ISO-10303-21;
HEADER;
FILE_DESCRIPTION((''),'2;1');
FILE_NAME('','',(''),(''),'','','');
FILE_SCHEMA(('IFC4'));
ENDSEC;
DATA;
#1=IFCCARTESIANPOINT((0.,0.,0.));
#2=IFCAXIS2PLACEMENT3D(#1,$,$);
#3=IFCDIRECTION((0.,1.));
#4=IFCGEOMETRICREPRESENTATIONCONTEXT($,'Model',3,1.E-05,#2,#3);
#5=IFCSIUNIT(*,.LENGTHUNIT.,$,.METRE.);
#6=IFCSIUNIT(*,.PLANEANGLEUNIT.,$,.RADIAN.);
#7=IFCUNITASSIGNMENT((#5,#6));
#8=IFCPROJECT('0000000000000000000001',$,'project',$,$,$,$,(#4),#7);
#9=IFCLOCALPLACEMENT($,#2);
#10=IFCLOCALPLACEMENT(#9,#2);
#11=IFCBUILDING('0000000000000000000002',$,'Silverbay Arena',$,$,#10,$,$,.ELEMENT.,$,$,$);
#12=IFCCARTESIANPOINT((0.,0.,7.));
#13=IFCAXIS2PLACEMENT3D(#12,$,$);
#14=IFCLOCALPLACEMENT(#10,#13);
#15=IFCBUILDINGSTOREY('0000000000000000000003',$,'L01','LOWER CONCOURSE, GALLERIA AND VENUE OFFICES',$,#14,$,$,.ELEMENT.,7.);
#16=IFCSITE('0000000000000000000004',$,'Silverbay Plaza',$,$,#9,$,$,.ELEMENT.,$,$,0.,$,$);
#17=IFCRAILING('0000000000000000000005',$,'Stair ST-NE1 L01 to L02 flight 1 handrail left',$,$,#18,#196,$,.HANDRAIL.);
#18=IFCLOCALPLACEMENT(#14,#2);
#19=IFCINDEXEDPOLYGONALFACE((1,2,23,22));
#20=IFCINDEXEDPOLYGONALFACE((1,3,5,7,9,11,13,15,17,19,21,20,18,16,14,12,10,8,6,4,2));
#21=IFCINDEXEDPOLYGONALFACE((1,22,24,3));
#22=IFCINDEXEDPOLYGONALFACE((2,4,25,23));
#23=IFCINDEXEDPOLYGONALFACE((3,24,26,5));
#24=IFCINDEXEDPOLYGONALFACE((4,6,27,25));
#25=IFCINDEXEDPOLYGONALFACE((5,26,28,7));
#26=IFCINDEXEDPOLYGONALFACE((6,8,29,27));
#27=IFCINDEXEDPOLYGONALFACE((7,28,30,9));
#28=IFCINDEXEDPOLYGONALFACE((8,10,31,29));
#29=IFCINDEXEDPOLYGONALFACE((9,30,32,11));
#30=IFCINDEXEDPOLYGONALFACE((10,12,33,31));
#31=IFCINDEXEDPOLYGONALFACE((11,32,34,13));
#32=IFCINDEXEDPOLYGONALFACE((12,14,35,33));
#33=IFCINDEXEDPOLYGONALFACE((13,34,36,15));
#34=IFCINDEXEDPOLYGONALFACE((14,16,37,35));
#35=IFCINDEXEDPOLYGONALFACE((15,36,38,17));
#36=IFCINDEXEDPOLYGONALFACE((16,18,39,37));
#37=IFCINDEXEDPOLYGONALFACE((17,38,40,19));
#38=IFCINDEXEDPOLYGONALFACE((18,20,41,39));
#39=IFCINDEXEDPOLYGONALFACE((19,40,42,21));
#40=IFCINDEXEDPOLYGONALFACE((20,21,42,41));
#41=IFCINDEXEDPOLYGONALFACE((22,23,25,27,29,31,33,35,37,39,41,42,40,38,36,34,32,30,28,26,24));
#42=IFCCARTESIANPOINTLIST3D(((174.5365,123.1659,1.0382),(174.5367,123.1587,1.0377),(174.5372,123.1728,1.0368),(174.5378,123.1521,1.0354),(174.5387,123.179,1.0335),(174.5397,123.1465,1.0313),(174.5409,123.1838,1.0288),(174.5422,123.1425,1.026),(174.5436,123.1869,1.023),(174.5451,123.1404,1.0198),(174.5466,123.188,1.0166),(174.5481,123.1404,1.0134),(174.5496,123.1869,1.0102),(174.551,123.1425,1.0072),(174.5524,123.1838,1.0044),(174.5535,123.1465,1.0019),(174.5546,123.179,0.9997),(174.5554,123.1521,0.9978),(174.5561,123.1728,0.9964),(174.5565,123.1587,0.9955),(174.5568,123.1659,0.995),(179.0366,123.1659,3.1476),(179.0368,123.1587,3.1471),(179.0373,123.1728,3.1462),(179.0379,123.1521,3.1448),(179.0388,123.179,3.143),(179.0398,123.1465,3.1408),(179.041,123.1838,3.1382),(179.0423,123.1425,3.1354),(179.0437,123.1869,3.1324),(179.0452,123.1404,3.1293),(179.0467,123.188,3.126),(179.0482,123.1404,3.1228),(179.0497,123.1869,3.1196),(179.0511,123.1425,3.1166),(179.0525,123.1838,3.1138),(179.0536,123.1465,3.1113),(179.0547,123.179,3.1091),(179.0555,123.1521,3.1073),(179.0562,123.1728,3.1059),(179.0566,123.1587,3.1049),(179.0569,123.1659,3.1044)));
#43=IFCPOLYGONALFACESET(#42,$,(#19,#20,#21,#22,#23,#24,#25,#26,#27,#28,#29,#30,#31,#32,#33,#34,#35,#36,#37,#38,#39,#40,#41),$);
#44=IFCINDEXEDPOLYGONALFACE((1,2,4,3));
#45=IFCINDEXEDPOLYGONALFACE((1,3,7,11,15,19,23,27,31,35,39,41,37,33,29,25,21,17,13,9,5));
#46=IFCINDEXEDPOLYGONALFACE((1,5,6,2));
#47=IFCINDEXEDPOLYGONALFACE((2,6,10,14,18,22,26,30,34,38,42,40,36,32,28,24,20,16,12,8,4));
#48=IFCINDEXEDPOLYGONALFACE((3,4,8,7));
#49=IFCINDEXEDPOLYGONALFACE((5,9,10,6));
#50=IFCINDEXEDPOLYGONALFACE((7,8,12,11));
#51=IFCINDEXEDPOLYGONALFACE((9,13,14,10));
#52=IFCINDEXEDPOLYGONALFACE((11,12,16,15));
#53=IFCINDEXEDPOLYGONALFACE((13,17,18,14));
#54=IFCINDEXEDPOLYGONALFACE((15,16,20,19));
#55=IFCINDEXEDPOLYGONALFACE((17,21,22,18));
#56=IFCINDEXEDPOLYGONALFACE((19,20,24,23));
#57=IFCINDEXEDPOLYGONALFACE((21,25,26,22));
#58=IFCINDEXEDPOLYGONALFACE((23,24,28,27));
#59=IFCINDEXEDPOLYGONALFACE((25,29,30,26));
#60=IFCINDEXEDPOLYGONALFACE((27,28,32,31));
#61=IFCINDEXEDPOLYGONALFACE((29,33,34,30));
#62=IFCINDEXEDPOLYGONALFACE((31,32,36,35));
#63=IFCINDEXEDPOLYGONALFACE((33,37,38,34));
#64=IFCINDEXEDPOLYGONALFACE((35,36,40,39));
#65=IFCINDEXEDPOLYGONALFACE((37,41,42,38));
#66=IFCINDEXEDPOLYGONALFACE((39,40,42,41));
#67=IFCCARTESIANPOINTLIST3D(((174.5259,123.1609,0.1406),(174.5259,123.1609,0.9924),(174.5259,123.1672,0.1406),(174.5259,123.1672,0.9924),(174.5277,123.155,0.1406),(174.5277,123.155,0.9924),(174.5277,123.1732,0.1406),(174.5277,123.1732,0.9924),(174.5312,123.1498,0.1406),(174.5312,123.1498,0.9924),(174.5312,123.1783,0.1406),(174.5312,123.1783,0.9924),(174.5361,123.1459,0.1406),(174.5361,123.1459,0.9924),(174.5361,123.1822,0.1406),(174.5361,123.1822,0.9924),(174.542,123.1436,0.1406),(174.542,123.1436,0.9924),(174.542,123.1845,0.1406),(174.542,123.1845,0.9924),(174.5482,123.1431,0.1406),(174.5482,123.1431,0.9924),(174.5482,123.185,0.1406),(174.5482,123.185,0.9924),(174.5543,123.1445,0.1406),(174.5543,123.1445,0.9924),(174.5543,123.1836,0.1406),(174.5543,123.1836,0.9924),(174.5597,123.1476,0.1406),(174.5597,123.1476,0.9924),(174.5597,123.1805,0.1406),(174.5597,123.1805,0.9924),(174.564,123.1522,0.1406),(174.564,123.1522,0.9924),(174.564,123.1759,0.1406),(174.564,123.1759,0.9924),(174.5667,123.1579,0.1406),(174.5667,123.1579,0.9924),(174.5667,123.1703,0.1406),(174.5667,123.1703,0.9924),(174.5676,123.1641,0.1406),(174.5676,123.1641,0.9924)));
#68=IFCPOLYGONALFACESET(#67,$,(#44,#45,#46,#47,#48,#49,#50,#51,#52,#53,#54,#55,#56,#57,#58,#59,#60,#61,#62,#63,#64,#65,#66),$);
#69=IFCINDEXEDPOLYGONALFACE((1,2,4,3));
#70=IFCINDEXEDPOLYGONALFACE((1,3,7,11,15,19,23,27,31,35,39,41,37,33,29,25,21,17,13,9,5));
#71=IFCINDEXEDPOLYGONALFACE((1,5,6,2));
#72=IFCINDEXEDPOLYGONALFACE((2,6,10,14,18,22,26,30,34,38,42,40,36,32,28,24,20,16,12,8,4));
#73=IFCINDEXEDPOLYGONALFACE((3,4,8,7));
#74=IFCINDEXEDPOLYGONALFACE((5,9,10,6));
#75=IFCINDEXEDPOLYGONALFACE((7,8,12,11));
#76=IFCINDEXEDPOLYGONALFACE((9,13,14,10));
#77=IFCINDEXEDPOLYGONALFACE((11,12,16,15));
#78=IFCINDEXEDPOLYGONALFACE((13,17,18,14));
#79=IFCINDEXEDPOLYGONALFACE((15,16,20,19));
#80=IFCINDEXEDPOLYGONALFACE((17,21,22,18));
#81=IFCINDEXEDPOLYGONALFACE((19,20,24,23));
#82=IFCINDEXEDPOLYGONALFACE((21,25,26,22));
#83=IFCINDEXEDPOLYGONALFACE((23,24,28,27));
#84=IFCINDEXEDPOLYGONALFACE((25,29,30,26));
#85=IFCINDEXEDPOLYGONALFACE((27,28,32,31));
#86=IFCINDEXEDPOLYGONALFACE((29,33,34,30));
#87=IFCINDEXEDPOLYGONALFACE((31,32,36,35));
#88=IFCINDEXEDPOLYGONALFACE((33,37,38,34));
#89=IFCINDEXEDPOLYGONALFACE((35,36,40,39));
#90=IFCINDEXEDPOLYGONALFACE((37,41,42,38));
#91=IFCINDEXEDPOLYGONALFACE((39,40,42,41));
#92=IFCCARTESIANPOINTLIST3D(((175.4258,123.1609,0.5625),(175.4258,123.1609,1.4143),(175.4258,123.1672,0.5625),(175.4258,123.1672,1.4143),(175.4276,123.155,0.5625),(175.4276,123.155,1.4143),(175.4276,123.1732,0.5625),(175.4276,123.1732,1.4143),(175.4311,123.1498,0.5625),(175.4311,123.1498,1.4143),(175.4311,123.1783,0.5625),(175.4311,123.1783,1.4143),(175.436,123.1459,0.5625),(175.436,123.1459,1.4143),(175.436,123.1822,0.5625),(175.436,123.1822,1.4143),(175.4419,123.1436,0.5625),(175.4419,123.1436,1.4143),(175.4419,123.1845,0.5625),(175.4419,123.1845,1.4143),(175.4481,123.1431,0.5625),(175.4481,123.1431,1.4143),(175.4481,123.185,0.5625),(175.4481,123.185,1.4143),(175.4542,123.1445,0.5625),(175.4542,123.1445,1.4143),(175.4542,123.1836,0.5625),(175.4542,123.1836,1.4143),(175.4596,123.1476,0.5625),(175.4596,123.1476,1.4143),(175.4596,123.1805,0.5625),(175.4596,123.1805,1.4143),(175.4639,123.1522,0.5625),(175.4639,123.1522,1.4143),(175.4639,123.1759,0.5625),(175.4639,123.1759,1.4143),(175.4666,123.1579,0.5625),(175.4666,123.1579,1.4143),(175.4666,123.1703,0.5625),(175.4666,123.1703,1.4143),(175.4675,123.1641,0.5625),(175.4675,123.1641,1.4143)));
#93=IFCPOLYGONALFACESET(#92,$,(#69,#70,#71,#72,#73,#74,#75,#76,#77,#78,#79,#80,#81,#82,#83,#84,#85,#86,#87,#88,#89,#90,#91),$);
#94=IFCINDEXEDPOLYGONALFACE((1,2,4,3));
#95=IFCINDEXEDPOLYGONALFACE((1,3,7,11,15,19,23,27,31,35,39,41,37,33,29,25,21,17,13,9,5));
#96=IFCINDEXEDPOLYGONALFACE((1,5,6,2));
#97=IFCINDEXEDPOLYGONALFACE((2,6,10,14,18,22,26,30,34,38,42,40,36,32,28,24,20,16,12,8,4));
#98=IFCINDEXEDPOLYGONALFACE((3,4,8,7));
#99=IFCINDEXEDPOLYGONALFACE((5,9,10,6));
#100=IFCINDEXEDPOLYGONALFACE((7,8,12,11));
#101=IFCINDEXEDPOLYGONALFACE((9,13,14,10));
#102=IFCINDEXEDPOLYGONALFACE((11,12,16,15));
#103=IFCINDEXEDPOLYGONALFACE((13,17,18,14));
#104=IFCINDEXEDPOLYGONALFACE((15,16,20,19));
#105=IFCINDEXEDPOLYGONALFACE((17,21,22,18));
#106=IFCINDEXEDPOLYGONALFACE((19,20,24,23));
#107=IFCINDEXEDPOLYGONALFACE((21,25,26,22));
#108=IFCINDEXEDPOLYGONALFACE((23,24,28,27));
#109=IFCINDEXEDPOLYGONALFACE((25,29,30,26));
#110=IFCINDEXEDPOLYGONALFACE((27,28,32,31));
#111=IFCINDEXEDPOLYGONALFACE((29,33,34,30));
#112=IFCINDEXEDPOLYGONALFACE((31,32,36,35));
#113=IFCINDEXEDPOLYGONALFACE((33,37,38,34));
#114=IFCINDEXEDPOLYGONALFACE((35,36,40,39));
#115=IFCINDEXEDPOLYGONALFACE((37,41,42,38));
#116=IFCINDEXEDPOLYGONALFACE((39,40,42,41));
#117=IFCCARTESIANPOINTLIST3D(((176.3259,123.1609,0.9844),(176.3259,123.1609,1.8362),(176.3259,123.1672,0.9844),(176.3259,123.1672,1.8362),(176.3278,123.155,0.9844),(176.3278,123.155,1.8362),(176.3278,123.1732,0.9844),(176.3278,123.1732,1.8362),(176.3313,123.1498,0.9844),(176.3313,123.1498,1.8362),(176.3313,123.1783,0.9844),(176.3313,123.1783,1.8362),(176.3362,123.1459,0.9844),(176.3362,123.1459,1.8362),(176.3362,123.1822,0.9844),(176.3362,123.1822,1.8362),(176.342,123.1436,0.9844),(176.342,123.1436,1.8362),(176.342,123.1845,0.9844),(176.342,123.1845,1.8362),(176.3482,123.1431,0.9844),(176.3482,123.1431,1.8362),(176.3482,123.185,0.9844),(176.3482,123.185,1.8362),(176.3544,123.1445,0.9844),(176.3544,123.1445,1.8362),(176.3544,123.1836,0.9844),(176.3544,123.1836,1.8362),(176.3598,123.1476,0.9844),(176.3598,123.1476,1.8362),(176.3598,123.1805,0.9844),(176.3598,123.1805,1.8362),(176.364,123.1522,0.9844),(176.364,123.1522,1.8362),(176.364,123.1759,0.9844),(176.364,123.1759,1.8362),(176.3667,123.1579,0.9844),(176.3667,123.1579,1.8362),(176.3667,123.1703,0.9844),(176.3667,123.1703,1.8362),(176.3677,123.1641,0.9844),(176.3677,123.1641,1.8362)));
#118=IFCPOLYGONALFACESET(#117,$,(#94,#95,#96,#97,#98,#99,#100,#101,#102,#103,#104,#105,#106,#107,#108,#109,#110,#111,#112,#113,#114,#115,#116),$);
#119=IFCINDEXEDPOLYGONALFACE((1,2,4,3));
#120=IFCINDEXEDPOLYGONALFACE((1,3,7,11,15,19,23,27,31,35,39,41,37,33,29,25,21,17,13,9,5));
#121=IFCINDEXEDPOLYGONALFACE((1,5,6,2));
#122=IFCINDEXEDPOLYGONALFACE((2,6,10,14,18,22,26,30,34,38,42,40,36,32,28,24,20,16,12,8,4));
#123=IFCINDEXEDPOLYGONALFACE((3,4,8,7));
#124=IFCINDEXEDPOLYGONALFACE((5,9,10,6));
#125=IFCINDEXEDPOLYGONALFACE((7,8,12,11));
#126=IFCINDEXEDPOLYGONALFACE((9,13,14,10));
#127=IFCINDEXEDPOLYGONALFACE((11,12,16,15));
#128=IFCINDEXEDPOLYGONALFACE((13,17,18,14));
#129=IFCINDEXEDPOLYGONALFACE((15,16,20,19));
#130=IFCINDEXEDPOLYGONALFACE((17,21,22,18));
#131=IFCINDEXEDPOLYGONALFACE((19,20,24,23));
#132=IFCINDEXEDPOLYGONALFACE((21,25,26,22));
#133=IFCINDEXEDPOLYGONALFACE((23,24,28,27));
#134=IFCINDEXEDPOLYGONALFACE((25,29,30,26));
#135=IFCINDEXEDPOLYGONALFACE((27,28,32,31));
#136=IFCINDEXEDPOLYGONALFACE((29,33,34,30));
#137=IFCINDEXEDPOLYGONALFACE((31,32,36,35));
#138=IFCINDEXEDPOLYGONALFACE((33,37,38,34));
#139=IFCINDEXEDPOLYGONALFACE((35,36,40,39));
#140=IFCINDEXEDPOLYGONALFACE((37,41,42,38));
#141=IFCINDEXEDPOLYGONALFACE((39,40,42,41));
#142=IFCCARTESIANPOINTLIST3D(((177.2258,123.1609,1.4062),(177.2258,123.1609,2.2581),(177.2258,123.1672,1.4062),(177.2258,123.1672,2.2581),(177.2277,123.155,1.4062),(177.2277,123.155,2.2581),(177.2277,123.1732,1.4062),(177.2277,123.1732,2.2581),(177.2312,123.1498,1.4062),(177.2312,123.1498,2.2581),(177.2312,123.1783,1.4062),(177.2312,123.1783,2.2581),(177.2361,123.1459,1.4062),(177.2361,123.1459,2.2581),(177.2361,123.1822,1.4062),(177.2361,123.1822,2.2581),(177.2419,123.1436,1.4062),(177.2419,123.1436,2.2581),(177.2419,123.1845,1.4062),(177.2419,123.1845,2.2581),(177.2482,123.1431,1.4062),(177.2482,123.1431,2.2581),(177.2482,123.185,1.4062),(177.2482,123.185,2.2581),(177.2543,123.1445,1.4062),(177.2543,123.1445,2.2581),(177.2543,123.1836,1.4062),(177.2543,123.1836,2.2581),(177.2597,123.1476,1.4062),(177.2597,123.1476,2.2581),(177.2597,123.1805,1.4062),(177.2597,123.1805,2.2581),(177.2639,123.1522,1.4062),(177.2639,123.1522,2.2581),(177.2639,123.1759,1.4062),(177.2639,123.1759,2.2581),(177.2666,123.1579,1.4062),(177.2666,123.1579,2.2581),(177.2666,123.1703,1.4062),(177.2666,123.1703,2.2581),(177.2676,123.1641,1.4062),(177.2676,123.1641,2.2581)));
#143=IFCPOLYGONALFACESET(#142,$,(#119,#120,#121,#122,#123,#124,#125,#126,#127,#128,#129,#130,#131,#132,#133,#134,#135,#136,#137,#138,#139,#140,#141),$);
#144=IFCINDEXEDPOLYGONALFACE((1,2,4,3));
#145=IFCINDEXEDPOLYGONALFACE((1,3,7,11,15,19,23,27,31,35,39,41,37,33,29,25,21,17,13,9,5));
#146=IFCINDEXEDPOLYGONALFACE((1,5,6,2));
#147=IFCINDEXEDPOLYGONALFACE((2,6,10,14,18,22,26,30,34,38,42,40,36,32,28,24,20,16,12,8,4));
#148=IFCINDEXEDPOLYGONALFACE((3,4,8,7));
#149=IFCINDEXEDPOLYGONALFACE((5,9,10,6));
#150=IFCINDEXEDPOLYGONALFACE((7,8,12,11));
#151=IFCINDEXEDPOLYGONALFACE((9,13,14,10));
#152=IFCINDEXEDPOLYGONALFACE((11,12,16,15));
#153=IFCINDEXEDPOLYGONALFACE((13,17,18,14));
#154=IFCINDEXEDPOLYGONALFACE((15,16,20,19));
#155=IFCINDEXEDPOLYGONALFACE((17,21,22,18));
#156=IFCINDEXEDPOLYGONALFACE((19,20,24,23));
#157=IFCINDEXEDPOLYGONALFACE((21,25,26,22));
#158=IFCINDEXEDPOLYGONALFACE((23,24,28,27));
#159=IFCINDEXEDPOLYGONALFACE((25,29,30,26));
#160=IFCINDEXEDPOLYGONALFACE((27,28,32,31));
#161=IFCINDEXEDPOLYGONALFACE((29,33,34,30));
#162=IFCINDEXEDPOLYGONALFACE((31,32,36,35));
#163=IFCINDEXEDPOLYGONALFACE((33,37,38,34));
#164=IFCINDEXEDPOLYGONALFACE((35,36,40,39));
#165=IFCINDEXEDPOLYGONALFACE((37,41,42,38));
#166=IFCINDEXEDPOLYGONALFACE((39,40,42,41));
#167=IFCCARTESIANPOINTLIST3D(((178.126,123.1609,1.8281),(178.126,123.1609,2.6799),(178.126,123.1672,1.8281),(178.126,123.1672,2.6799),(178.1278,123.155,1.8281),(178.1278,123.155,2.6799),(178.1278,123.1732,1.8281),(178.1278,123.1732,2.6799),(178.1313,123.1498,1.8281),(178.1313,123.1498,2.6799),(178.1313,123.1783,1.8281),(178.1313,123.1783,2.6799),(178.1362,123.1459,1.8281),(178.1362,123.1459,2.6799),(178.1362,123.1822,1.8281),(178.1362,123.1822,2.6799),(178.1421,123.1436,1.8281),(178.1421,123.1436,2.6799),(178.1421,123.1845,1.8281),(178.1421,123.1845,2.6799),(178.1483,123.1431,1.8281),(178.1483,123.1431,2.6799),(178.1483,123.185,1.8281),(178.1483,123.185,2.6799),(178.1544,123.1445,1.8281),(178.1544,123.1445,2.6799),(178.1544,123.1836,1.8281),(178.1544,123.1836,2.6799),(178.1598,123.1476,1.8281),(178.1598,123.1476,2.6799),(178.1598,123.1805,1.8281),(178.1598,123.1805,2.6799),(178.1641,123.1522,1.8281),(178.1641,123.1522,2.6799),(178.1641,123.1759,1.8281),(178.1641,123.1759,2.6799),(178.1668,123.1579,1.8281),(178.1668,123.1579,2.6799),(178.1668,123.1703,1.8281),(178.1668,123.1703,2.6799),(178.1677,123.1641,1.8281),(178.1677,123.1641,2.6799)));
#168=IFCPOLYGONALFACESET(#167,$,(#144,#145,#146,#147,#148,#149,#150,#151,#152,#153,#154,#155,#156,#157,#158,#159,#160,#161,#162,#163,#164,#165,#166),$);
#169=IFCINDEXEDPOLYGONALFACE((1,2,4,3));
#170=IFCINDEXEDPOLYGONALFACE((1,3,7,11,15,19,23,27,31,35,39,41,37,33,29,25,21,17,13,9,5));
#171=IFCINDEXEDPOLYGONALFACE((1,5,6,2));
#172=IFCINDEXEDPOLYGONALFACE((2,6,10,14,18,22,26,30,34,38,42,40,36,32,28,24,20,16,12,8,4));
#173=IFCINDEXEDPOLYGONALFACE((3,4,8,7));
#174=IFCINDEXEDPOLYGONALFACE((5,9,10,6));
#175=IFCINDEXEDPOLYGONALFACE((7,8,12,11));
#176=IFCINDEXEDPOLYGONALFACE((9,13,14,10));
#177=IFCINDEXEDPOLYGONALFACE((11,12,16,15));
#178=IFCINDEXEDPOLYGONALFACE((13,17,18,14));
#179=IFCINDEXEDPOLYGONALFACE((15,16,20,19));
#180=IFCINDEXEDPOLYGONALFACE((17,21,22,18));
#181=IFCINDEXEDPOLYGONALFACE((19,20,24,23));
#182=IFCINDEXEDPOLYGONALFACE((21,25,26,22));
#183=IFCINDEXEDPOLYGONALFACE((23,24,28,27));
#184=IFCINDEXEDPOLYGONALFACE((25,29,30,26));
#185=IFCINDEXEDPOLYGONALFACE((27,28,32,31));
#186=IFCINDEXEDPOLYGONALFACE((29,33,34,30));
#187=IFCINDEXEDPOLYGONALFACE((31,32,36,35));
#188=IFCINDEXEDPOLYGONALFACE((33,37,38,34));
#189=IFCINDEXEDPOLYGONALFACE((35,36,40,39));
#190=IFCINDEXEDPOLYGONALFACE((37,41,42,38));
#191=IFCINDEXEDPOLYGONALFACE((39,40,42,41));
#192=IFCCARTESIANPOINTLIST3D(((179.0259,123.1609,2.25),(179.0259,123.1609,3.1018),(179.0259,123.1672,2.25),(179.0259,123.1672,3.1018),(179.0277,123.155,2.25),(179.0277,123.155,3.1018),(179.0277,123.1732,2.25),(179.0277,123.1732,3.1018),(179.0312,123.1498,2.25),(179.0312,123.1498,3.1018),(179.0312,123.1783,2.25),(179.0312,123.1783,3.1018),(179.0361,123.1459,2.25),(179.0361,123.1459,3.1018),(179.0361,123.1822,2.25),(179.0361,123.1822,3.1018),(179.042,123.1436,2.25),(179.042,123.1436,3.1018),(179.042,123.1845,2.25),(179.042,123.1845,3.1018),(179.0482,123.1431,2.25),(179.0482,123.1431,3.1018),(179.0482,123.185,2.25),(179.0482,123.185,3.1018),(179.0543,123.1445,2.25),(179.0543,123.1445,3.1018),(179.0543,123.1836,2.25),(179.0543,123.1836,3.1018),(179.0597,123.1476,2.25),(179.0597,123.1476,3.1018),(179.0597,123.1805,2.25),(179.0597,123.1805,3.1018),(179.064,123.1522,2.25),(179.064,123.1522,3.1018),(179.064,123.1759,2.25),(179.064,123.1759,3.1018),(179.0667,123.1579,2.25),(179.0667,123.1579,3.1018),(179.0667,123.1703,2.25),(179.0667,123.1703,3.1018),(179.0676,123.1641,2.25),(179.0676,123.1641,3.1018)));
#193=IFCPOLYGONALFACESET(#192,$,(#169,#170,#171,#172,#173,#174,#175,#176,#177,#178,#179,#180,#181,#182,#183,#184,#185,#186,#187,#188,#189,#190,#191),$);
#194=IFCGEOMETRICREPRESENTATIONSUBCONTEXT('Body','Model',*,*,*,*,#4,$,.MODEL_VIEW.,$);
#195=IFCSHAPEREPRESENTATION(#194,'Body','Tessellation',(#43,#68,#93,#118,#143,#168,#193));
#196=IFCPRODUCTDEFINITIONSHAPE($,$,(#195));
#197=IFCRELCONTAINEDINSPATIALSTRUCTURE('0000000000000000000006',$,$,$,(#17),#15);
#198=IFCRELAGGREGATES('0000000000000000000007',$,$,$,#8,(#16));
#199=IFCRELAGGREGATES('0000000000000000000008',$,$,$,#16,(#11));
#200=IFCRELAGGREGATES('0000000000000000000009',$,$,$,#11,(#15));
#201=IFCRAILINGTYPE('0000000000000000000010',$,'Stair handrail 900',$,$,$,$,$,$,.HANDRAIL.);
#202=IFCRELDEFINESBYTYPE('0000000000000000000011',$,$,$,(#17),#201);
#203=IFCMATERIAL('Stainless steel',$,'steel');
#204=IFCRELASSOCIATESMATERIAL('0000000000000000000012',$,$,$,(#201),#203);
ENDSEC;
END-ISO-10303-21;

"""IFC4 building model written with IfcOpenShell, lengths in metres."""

from ifc_helpers import new_model, si_unit, direction, frame, origin, origin_2d, place, context, subcontext, project, spatial, circle, extrude, material, type_object, element, save


model = new_model("IFC4")

# Units and contexts
model_context = context("Model", 3, precision=1e-05, world=origin(), true_north=direction((0.0, 1.0)))
body_context = subcontext(model_context, "Body", "Model", "MODEL_VIEW")
ifc_project = project(units=[si_unit("LENGTHUNIT", "METRE"), si_unit("PLANEANGLEUNIT", "RADIAN")], contexts=[model_context])

# Site, building, storey
site_placement = place(None, origin())
site = spatial("IfcSite", under=ifc_project, at=site_placement, Name="Silverbay Plaza", CompositionType="ELEMENT", RefElevation=0.0)
building_placement = place(site_placement, origin())
building = spatial("IfcBuilding", under=site, at=building_placement, Name="Silverbay Arena", CompositionType="ELEMENT")
storey_placement = place(building_placement, frame((0.0, 0.0, 7.0)))
storey = spatial("IfcBuildingStorey", under=building, at=storey_placement, Name="L01", Description="LOWER CONCOURSE, GALLERIA AND VENUE OFFICES", CompositionType="ELEMENT", Elevation=7.0)

# Railing
ifc_material_1 = material(Name="Stainless steel", Category="steel")
railing_type_1 = type_object("IfcRailingType", Name="Stair handrail 900", PredefinedType="HANDRAIL", material=ifc_material_1)
for number, where, name in (
    (1, (174.5466, 123.1641, 0.1406), "Stair ST-NE1 L01 to L02 flight 1 handrail left"),
):
    element("IfcRailing", number, at=place(storey_placement, frame(where)), inside=storey, type_object=railing_type_1, Name=name, PredefinedType="HANDRAIL", context=body_context, shape_type="SweptSolid", body=[
        extrude(circle(Radius=0.0239, at=origin_2d()), frame((0.0, 0.0, 0.876), z_axis=(0.905459, 0.0, 0.424434), x_axis=(0.0, 1.0, 0.0)), (0.0, 0.0, 1.0), 4.97),
        extrude(circle(Radius=0.021, at=origin_2d()), origin(), (0.0, 0.0, 1.0), 0.8518),
        extrude(circle(Radius=0.021, at=origin_2d()), frame((0.8999, 0.0, 0.4219)), (0.0, 0.0, 1.0), 0.8518),
        extrude(circle(Radius=0.021, at=origin_2d()), frame((1.8, 0.0, 0.8438)), (0.0, 0.0, 1.0), 0.8518),
        extrude(circle(Radius=0.021, at=origin_2d()), frame((2.7, 0.0, 1.2656)), (0.0, 0.0, 1.0), 0.8518),
        extrude(circle(Radius=0.021, at=origin_2d()), frame((3.6001, 0.0, 1.6875)), (0.0, 0.0, 1.0), 0.8518),
        extrude(circle(Radius=0.021, at=origin_2d()), frame((4.5, 0.0, 2.1094)), (0.0, 0.0, 1.0), 0.8518),
    ])

save(model, "model.ifc")
